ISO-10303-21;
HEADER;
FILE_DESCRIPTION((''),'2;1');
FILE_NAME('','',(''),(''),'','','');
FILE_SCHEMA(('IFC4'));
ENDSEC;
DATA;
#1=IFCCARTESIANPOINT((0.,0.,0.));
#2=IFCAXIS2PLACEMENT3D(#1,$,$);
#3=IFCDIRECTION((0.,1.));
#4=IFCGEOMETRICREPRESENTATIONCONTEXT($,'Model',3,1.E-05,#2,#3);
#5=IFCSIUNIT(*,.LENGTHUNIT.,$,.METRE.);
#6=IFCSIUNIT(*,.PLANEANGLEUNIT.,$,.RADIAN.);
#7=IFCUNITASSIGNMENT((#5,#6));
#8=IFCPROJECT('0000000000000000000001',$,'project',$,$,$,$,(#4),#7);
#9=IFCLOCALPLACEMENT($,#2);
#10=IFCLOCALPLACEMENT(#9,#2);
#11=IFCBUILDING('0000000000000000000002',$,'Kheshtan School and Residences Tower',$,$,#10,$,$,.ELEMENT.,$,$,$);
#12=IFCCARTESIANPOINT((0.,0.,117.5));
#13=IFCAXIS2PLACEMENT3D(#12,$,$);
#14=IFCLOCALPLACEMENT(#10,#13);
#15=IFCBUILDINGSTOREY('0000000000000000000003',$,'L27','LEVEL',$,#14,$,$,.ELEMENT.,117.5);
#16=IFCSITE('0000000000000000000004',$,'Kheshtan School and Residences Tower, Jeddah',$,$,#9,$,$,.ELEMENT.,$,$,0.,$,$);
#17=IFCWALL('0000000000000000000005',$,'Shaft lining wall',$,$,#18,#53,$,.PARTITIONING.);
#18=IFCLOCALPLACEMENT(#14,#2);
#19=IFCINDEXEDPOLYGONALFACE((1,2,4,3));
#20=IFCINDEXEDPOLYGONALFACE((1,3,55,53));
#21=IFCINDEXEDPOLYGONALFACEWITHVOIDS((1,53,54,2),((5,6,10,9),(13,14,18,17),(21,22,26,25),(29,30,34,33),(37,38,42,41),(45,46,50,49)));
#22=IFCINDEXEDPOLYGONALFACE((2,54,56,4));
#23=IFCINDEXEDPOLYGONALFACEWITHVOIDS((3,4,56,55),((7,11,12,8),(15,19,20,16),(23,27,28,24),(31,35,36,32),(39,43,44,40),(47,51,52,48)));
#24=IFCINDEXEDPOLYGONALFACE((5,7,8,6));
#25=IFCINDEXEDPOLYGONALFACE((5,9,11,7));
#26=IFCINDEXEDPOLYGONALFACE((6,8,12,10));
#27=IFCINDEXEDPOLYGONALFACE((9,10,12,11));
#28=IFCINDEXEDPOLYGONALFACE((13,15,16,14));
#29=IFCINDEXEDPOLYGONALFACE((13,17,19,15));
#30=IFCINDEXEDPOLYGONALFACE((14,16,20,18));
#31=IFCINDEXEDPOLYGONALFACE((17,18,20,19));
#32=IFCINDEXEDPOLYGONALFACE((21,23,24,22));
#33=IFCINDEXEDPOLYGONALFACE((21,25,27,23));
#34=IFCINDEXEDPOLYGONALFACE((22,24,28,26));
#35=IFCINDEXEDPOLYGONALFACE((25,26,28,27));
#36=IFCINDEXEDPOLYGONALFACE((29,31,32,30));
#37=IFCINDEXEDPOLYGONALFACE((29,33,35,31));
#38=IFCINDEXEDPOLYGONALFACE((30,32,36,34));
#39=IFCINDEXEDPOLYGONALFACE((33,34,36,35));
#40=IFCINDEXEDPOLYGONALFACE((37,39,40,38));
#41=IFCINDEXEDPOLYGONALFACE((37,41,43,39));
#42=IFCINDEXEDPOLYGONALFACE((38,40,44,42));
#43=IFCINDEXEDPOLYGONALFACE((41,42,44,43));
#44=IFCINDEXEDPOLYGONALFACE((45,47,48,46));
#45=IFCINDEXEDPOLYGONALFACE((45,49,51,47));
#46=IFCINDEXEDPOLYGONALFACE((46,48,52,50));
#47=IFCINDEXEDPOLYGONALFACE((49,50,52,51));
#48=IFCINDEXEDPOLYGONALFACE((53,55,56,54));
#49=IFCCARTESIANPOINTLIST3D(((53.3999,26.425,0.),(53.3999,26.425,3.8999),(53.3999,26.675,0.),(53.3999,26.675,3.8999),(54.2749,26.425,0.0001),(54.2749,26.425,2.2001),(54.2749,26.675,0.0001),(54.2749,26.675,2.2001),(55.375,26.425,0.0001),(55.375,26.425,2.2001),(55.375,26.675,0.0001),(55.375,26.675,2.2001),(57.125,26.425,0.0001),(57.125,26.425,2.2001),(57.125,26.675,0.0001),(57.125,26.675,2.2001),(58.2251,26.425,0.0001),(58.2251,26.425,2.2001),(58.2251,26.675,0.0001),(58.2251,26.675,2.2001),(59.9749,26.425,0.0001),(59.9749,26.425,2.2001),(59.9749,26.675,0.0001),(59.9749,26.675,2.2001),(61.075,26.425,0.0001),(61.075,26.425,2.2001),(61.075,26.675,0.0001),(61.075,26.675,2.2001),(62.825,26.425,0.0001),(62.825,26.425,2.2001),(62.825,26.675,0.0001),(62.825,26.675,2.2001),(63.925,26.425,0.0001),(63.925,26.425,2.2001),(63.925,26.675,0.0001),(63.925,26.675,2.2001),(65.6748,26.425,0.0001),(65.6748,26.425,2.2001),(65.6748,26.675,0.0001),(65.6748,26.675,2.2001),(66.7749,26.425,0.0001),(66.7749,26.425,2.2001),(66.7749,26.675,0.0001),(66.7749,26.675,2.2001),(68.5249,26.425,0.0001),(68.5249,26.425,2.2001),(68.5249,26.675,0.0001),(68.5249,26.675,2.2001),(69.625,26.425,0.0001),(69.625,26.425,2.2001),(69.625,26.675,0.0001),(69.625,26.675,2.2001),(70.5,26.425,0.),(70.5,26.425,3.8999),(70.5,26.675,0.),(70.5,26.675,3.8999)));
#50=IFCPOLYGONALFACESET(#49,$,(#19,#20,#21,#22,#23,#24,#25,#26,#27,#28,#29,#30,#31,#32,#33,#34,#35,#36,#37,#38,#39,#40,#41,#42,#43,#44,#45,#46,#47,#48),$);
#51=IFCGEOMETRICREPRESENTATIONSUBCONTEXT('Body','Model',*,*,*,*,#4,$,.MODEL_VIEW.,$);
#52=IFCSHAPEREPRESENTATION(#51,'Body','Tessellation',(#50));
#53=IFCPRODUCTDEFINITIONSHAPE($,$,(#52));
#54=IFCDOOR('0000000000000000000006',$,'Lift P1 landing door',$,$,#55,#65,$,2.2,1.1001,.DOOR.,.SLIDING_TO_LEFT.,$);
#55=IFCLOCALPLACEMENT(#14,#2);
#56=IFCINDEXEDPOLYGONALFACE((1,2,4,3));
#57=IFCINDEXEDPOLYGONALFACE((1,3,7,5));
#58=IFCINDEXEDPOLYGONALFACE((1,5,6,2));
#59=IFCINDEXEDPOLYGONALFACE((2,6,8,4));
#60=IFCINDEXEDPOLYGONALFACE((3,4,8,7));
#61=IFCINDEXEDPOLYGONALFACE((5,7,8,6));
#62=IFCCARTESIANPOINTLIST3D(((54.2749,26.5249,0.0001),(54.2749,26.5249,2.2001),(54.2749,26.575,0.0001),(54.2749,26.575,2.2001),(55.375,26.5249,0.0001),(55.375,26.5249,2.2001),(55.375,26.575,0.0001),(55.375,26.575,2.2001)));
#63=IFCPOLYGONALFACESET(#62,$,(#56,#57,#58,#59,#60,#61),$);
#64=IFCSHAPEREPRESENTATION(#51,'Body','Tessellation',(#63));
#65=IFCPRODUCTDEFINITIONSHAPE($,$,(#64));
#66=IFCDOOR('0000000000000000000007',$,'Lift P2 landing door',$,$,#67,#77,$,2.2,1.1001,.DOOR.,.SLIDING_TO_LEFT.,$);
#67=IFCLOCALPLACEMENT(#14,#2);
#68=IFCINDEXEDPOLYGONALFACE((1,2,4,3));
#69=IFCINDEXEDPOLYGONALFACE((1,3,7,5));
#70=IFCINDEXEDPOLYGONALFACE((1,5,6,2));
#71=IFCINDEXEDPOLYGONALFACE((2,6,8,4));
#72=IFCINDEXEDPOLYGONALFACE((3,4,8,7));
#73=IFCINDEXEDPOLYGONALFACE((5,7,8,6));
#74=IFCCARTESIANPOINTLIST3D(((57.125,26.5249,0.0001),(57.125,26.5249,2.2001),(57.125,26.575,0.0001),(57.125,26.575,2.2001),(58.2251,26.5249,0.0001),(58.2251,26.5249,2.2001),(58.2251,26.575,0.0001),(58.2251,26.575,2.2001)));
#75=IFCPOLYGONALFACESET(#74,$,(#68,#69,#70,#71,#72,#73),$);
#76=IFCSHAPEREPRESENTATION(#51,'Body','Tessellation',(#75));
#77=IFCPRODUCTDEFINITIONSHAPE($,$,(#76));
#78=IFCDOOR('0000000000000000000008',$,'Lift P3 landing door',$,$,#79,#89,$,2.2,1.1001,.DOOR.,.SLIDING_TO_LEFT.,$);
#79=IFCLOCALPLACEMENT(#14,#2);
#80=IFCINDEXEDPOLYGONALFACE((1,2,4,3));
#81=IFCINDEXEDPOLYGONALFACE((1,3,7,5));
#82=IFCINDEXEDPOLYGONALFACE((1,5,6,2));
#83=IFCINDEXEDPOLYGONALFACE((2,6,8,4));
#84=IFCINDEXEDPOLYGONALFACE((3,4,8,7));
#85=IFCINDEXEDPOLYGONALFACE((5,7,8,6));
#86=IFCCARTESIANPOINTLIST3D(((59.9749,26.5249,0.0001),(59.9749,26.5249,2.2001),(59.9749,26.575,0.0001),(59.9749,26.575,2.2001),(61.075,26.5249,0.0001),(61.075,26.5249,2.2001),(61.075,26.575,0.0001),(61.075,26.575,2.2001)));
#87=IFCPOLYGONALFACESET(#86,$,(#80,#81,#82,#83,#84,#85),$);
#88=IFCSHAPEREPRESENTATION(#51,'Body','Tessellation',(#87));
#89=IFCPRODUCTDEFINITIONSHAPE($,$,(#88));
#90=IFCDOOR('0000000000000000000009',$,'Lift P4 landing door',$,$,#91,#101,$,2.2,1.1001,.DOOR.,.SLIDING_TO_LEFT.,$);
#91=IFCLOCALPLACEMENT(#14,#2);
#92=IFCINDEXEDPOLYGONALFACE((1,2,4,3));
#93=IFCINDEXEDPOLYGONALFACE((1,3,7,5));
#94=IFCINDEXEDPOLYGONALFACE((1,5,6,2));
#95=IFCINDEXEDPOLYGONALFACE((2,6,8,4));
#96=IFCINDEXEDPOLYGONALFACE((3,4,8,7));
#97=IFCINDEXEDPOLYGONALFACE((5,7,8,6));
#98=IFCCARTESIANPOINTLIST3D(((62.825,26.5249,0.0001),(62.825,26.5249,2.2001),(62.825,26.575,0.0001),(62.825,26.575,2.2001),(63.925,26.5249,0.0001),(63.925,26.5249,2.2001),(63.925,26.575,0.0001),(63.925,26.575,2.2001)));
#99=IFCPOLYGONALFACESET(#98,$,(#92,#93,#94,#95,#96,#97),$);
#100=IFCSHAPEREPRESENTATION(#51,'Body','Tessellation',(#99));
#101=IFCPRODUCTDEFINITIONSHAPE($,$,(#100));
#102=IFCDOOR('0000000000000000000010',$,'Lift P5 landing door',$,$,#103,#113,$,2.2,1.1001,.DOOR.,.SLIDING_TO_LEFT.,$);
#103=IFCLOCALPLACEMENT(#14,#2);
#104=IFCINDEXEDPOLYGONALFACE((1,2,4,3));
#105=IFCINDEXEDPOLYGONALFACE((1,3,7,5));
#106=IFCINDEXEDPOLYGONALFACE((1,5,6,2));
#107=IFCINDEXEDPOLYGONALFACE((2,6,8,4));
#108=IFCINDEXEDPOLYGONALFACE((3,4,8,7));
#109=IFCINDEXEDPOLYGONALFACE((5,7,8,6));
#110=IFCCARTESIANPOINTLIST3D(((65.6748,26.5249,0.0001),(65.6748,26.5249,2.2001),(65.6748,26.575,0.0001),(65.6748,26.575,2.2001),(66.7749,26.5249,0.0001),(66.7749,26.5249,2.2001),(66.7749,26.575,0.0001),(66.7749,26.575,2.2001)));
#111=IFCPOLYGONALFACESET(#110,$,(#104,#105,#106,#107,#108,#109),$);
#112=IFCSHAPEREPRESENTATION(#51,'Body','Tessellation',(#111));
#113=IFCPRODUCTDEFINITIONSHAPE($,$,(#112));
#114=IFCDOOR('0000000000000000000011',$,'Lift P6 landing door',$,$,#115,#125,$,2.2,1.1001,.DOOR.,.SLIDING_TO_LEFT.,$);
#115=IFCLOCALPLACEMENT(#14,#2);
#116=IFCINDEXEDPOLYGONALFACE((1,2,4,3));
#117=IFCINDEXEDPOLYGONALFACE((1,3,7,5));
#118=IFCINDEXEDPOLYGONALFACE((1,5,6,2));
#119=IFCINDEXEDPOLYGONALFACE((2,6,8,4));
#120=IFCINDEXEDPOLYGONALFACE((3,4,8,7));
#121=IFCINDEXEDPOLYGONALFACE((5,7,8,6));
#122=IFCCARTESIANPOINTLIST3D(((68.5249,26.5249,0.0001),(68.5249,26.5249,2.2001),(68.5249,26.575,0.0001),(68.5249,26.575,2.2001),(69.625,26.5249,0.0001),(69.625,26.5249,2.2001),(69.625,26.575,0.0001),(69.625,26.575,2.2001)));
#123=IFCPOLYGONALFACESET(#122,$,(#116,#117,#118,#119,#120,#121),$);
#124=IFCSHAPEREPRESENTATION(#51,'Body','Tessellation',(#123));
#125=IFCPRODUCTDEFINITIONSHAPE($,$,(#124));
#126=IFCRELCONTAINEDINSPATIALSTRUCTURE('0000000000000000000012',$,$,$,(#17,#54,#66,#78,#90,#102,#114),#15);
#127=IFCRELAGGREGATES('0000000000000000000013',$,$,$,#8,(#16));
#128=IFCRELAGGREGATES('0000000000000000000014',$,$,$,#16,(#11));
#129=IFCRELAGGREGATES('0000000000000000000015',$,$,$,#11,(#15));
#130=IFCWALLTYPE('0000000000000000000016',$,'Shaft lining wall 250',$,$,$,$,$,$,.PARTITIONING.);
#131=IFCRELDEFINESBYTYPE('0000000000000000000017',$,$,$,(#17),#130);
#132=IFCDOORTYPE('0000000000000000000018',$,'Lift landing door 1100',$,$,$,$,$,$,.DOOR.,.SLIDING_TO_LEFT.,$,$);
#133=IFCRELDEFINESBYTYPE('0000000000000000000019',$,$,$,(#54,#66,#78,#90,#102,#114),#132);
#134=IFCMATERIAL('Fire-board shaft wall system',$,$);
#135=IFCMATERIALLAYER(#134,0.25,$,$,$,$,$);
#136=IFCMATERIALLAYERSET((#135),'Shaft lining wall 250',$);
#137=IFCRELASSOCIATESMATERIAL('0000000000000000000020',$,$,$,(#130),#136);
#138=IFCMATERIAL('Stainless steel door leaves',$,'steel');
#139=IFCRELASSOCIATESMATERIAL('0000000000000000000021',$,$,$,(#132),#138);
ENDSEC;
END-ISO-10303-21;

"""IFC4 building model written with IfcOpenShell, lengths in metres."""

from ifc_helpers import new_model, si_unit, direction, frame, frame_2d, origin, place, context, subcontext, project, spatial, rectangle, extrude, source, transform, mapped, material, layer, layer_set, type_object, element, fill, save


model = new_model("IFC4")

# Units and contexts
model_context = context("Model", 3, precision=1e-05, world=origin(), true_north=direction((0.0, 1.0)))
body_context = subcontext(model_context, "Body", "Model", "MODEL_VIEW")
ifc_project = project(units=[si_unit("LENGTHUNIT", "METRE"), si_unit("PLANEANGLEUNIT", "RADIAN")], contexts=[model_context])

# Site, building, storey
site_placement = place(None, origin())
site = spatial("IfcSite", under=ifc_project, at=site_placement, Name="Kheshtan School and Residences Tower, Jeddah", CompositionType="ELEMENT", RefElevation=0.0)
building_placement = place(site_placement, origin())
building = spatial("IfcBuilding", under=site, at=building_placement, Name="Kheshtan School and Residences Tower", CompositionType="ELEMENT")
storey_placement = place(building_placement, frame((0.0, 0.0, 117.5)))
storey = spatial("IfcBuildingStorey", under=building, at=storey_placement, Name="L27", Description="LEVEL", CompositionType="ELEMENT", Elevation=117.5)

# Shared definitions
ifc_material_1 = material(Name="Fire-board shaft wall system")
ifc_layer_1 = layer(ifc_material_1, 0.25)
ifc_layer_set_1 = layer_set([ifc_layer_1], Name="Shaft lining wall 250")
wall_type_1 = type_object("IfcWallType", Name="Shaft lining wall 250", PredefinedType="PARTITIONING", material=ifc_layer_set_1)

# Wall, openings, doors
wall_1_placement = place(storey_placement, frame((53.3999, 26.55, 0.0), z_axis=(0.0, 0.0, 1.0), x_axis=(1.0, 0.0, 0.0)))
wall_1 = element("IfcWall", 1, at=wall_1_placement, inside=storey, type_object=wall_type_1, Name="Shaft lining wall", PredefinedType="PARTITIONING", context=body_context, shape_type="SweptSolid", body=[
    extrude(rectangle(XDim=17.1001, YDim=0.25, at=frame_2d((8.55, 0.0))), origin(), (0.0, 0.0, 1.0), 3.8999),
])
opening_1_placement = place(wall_1_placement, frame((0.875, 0.0, 0.0)))
opening_1 = element("IfcOpeningElement", 2, at=opening_1_placement, cuts=wall_1, PredefinedType="OPENING", context=body_context, shape_type="SweptSolid", body=[
    extrude(rectangle(XDim=1.1001, YDim=2.2, at=frame_2d((0.55, 1.1001))), frame((0.0, 0.135, 0.0), z_axis=(0.0, -1.0, 0.0), x_axis=(1.0, 0.0, 0.0)), (0.0, 0.0, 1.0), 0.27),
])
opening_2_placement = place(wall_1_placement, frame((3.7251, 0.0, 0.0)))
opening_2 = element("IfcOpeningElement", 3, at=opening_2_placement, cuts=wall_1, PredefinedType="OPENING", context=body_context, shape_type="SweptSolid", body=[
    extrude(rectangle(XDim=1.1001, YDim=2.2, at=frame_2d((0.55, 1.1001))), frame((0.0, 0.135, 0.0), z_axis=(0.0, -1.0, 0.0), x_axis=(1.0, 0.0, 0.0)), (0.0, 0.0, 1.0), 0.27),
])
opening_3_placement = place(wall_1_placement, frame((6.575, 0.0, 0.0)))
opening_3 = element("IfcOpeningElement", 4, at=opening_3_placement, cuts=wall_1, PredefinedType="OPENING", context=body_context, shape_type="SweptSolid", body=[
    extrude(rectangle(XDim=1.1001, YDim=2.2, at=frame_2d((0.55, 1.1001))), frame((0.0, 0.135, 0.0), z_axis=(0.0, -1.0, 0.0), x_axis=(1.0, 0.0, 0.0)), (0.0, 0.0, 1.0), 0.27),
])
opening_4_placement = place(wall_1_placement, frame((9.425, 0.0, 0.0)))
opening_4 = element("IfcOpeningElement", 5, at=opening_4_placement, cuts=wall_1, PredefinedType="OPENING", context=body_context, shape_type="SweptSolid", body=[
    extrude(rectangle(XDim=1.1001, YDim=2.2, at=frame_2d((0.55, 1.1001))), frame((0.0, 0.135, 0.0), z_axis=(0.0, -1.0, 0.0), x_axis=(1.0, 0.0, 0.0)), (0.0, 0.0, 1.0), 0.27),
])
opening_5_placement = place(wall_1_placement, frame((12.2749, 0.0, 0.0)))
opening_5 = element("IfcOpeningElement", 6, at=opening_5_placement, cuts=wall_1, PredefinedType="OPENING", context=body_context, shape_type="SweptSolid", body=[
    extrude(rectangle(XDim=1.1001, YDim=2.2, at=frame_2d((0.55, 1.1001))), frame((0.0, 0.135, 0.0), z_axis=(0.0, -1.0, 0.0), x_axis=(1.0, 0.0, 0.0)), (0.0, 0.0, 1.0), 0.27),
])
opening_6_placement = place(wall_1_placement, frame((15.125, 0.0, 0.0)))
opening_6 = element("IfcOpeningElement", 7, at=opening_6_placement, cuts=wall_1, PredefinedType="OPENING", context=body_context, shape_type="SweptSolid", body=[
    extrude(rectangle(XDim=1.1001, YDim=2.2, at=frame_2d((0.55, 1.1001))), frame((0.0, 0.135, 0.0), z_axis=(0.0, -1.0, 0.0), x_axis=(1.0, 0.0, 0.0)), (0.0, 0.0, 1.0), 0.27),
])
ifc_material_2 = material(Name="Stainless steel door leaves", Category="steel")
door_type = type_object("IfcDoorType", Name="Lift landing door 1100", OperationType="SLIDING_TO_LEFT", PredefinedType="DOOR", material=ifc_material_2)
shared_shape = source(origin(), body_context, "Body", "SweptSolid", [
    extrude(rectangle(XDim=1.1001, YDim=2.2, at=frame_2d((0.55, 1.1001))), frame((0.0, 0.0249, 0.0), z_axis=(0.0, -1.0, 0.0), x_axis=(1.0, 0.0, 0.0)), (0.0, 0.0, 1.0), 0.05),
])
door_1_placement = place(opening_1_placement, origin())
door_1 = element("IfcDoor", 8, at=door_1_placement, inside=storey, type_object=door_type, Name="Lift P1 landing door", OperationType="SLIDING_TO_LEFT", OverallHeight=2.2, OverallWidth=1.1001, PredefinedType="DOOR", context=body_context, shape_type="MappedRepresentation", body=[
    mapped(shared_shape, transform((0.0, 0.0, 0.0), x_axis=(1.0, 0.0, 0.0), y_axis=(0.0, 1.0, 0.0), z_axis=(0.0, 0.0, 1.0), scale=1.0)),
])
fill(opening_1, door_1)
door_2_placement = place(opening_2_placement, origin())
door_2 = element("IfcDoor", 9, at=door_2_placement, inside=storey, type_object=door_type, Name="Lift P2 landing door", OperationType="SLIDING_TO_LEFT", OverallHeight=2.2, OverallWidth=1.1001, PredefinedType="DOOR", context=body_context, shape_type="MappedRepresentation", body=[
    mapped(shared_shape, transform((0.0, 0.0, 0.0), x_axis=(1.0, 0.0, 0.0), y_axis=(0.0, 1.0, 0.0), z_axis=(0.0, 0.0, 1.0), scale=1.0)),
])
fill(opening_2, door_2)
door_3_placement = place(opening_3_placement, origin())
door_3 = element("IfcDoor", 10, at=door_3_placement, inside=storey, type_object=door_type, Name="Lift P3 landing door", OperationType="SLIDING_TO_LEFT", OverallHeight=2.2, OverallWidth=1.1001, PredefinedType="DOOR", context=body_context, shape_type="MappedRepresentation", body=[
    mapped(shared_shape, transform((0.0, 0.0, 0.0), x_axis=(1.0, 0.0, 0.0), y_axis=(0.0, 1.0, 0.0), z_axis=(0.0, 0.0, 1.0), scale=1.0)),
])
fill(opening_3, door_3)
door_4_placement = place(opening_4_placement, origin())
door_4 = element("IfcDoor", 11, at=door_4_placement, inside=storey, type_object=door_type, Name="Lift P4 landing door", OperationType="SLIDING_TO_LEFT", OverallHeight=2.2, OverallWidth=1.1001, PredefinedType="DOOR", context=body_context, shape_type="MappedRepresentation", body=[
    mapped(shared_shape, transform((0.0, 0.0, 0.0), x_axis=(1.0, 0.0, 0.0), y_axis=(0.0, 1.0, 0.0), z_axis=(0.0, 0.0, 1.0), scale=1.0)),
])
fill(opening_4, door_4)
door_5_placement = place(opening_5_placement, origin())
door_5 = element("IfcDoor", 12, at=door_5_placement, inside=storey, type_object=door_type, Name="Lift P5 landing door", OperationType="SLIDING_TO_LEFT", OverallHeight=2.2, OverallWidth=1.1001, PredefinedType="DOOR", context=body_context, shape_type="MappedRepresentation", body=[
    mapped(shared_shape, transform((0.0, 0.0, 0.0), x_axis=(1.0, 0.0, 0.0), y_axis=(0.0, 1.0, 0.0), z_axis=(0.0, 0.0, 1.0), scale=1.0)),
])
fill(opening_5, door_5)
door_6_placement = place(opening_6_placement, origin())
door_6 = element("IfcDoor", 13, at=door_6_placement, inside=storey, type_object=door_type, Name="Lift P6 landing door", OperationType="SLIDING_TO_LEFT", OverallHeight=2.2, OverallWidth=1.1001, PredefinedType="DOOR", context=body_context, shape_type="MappedRepresentation", body=[
    mapped(shared_shape, transform((0.0, 0.0, 0.0), x_axis=(1.0, 0.0, 0.0), y_axis=(0.0, 1.0, 0.0), z_axis=(0.0, 0.0, 1.0), scale=1.0)),
])
fill(opening_6, door_6)

save(model, "model.ifc")
